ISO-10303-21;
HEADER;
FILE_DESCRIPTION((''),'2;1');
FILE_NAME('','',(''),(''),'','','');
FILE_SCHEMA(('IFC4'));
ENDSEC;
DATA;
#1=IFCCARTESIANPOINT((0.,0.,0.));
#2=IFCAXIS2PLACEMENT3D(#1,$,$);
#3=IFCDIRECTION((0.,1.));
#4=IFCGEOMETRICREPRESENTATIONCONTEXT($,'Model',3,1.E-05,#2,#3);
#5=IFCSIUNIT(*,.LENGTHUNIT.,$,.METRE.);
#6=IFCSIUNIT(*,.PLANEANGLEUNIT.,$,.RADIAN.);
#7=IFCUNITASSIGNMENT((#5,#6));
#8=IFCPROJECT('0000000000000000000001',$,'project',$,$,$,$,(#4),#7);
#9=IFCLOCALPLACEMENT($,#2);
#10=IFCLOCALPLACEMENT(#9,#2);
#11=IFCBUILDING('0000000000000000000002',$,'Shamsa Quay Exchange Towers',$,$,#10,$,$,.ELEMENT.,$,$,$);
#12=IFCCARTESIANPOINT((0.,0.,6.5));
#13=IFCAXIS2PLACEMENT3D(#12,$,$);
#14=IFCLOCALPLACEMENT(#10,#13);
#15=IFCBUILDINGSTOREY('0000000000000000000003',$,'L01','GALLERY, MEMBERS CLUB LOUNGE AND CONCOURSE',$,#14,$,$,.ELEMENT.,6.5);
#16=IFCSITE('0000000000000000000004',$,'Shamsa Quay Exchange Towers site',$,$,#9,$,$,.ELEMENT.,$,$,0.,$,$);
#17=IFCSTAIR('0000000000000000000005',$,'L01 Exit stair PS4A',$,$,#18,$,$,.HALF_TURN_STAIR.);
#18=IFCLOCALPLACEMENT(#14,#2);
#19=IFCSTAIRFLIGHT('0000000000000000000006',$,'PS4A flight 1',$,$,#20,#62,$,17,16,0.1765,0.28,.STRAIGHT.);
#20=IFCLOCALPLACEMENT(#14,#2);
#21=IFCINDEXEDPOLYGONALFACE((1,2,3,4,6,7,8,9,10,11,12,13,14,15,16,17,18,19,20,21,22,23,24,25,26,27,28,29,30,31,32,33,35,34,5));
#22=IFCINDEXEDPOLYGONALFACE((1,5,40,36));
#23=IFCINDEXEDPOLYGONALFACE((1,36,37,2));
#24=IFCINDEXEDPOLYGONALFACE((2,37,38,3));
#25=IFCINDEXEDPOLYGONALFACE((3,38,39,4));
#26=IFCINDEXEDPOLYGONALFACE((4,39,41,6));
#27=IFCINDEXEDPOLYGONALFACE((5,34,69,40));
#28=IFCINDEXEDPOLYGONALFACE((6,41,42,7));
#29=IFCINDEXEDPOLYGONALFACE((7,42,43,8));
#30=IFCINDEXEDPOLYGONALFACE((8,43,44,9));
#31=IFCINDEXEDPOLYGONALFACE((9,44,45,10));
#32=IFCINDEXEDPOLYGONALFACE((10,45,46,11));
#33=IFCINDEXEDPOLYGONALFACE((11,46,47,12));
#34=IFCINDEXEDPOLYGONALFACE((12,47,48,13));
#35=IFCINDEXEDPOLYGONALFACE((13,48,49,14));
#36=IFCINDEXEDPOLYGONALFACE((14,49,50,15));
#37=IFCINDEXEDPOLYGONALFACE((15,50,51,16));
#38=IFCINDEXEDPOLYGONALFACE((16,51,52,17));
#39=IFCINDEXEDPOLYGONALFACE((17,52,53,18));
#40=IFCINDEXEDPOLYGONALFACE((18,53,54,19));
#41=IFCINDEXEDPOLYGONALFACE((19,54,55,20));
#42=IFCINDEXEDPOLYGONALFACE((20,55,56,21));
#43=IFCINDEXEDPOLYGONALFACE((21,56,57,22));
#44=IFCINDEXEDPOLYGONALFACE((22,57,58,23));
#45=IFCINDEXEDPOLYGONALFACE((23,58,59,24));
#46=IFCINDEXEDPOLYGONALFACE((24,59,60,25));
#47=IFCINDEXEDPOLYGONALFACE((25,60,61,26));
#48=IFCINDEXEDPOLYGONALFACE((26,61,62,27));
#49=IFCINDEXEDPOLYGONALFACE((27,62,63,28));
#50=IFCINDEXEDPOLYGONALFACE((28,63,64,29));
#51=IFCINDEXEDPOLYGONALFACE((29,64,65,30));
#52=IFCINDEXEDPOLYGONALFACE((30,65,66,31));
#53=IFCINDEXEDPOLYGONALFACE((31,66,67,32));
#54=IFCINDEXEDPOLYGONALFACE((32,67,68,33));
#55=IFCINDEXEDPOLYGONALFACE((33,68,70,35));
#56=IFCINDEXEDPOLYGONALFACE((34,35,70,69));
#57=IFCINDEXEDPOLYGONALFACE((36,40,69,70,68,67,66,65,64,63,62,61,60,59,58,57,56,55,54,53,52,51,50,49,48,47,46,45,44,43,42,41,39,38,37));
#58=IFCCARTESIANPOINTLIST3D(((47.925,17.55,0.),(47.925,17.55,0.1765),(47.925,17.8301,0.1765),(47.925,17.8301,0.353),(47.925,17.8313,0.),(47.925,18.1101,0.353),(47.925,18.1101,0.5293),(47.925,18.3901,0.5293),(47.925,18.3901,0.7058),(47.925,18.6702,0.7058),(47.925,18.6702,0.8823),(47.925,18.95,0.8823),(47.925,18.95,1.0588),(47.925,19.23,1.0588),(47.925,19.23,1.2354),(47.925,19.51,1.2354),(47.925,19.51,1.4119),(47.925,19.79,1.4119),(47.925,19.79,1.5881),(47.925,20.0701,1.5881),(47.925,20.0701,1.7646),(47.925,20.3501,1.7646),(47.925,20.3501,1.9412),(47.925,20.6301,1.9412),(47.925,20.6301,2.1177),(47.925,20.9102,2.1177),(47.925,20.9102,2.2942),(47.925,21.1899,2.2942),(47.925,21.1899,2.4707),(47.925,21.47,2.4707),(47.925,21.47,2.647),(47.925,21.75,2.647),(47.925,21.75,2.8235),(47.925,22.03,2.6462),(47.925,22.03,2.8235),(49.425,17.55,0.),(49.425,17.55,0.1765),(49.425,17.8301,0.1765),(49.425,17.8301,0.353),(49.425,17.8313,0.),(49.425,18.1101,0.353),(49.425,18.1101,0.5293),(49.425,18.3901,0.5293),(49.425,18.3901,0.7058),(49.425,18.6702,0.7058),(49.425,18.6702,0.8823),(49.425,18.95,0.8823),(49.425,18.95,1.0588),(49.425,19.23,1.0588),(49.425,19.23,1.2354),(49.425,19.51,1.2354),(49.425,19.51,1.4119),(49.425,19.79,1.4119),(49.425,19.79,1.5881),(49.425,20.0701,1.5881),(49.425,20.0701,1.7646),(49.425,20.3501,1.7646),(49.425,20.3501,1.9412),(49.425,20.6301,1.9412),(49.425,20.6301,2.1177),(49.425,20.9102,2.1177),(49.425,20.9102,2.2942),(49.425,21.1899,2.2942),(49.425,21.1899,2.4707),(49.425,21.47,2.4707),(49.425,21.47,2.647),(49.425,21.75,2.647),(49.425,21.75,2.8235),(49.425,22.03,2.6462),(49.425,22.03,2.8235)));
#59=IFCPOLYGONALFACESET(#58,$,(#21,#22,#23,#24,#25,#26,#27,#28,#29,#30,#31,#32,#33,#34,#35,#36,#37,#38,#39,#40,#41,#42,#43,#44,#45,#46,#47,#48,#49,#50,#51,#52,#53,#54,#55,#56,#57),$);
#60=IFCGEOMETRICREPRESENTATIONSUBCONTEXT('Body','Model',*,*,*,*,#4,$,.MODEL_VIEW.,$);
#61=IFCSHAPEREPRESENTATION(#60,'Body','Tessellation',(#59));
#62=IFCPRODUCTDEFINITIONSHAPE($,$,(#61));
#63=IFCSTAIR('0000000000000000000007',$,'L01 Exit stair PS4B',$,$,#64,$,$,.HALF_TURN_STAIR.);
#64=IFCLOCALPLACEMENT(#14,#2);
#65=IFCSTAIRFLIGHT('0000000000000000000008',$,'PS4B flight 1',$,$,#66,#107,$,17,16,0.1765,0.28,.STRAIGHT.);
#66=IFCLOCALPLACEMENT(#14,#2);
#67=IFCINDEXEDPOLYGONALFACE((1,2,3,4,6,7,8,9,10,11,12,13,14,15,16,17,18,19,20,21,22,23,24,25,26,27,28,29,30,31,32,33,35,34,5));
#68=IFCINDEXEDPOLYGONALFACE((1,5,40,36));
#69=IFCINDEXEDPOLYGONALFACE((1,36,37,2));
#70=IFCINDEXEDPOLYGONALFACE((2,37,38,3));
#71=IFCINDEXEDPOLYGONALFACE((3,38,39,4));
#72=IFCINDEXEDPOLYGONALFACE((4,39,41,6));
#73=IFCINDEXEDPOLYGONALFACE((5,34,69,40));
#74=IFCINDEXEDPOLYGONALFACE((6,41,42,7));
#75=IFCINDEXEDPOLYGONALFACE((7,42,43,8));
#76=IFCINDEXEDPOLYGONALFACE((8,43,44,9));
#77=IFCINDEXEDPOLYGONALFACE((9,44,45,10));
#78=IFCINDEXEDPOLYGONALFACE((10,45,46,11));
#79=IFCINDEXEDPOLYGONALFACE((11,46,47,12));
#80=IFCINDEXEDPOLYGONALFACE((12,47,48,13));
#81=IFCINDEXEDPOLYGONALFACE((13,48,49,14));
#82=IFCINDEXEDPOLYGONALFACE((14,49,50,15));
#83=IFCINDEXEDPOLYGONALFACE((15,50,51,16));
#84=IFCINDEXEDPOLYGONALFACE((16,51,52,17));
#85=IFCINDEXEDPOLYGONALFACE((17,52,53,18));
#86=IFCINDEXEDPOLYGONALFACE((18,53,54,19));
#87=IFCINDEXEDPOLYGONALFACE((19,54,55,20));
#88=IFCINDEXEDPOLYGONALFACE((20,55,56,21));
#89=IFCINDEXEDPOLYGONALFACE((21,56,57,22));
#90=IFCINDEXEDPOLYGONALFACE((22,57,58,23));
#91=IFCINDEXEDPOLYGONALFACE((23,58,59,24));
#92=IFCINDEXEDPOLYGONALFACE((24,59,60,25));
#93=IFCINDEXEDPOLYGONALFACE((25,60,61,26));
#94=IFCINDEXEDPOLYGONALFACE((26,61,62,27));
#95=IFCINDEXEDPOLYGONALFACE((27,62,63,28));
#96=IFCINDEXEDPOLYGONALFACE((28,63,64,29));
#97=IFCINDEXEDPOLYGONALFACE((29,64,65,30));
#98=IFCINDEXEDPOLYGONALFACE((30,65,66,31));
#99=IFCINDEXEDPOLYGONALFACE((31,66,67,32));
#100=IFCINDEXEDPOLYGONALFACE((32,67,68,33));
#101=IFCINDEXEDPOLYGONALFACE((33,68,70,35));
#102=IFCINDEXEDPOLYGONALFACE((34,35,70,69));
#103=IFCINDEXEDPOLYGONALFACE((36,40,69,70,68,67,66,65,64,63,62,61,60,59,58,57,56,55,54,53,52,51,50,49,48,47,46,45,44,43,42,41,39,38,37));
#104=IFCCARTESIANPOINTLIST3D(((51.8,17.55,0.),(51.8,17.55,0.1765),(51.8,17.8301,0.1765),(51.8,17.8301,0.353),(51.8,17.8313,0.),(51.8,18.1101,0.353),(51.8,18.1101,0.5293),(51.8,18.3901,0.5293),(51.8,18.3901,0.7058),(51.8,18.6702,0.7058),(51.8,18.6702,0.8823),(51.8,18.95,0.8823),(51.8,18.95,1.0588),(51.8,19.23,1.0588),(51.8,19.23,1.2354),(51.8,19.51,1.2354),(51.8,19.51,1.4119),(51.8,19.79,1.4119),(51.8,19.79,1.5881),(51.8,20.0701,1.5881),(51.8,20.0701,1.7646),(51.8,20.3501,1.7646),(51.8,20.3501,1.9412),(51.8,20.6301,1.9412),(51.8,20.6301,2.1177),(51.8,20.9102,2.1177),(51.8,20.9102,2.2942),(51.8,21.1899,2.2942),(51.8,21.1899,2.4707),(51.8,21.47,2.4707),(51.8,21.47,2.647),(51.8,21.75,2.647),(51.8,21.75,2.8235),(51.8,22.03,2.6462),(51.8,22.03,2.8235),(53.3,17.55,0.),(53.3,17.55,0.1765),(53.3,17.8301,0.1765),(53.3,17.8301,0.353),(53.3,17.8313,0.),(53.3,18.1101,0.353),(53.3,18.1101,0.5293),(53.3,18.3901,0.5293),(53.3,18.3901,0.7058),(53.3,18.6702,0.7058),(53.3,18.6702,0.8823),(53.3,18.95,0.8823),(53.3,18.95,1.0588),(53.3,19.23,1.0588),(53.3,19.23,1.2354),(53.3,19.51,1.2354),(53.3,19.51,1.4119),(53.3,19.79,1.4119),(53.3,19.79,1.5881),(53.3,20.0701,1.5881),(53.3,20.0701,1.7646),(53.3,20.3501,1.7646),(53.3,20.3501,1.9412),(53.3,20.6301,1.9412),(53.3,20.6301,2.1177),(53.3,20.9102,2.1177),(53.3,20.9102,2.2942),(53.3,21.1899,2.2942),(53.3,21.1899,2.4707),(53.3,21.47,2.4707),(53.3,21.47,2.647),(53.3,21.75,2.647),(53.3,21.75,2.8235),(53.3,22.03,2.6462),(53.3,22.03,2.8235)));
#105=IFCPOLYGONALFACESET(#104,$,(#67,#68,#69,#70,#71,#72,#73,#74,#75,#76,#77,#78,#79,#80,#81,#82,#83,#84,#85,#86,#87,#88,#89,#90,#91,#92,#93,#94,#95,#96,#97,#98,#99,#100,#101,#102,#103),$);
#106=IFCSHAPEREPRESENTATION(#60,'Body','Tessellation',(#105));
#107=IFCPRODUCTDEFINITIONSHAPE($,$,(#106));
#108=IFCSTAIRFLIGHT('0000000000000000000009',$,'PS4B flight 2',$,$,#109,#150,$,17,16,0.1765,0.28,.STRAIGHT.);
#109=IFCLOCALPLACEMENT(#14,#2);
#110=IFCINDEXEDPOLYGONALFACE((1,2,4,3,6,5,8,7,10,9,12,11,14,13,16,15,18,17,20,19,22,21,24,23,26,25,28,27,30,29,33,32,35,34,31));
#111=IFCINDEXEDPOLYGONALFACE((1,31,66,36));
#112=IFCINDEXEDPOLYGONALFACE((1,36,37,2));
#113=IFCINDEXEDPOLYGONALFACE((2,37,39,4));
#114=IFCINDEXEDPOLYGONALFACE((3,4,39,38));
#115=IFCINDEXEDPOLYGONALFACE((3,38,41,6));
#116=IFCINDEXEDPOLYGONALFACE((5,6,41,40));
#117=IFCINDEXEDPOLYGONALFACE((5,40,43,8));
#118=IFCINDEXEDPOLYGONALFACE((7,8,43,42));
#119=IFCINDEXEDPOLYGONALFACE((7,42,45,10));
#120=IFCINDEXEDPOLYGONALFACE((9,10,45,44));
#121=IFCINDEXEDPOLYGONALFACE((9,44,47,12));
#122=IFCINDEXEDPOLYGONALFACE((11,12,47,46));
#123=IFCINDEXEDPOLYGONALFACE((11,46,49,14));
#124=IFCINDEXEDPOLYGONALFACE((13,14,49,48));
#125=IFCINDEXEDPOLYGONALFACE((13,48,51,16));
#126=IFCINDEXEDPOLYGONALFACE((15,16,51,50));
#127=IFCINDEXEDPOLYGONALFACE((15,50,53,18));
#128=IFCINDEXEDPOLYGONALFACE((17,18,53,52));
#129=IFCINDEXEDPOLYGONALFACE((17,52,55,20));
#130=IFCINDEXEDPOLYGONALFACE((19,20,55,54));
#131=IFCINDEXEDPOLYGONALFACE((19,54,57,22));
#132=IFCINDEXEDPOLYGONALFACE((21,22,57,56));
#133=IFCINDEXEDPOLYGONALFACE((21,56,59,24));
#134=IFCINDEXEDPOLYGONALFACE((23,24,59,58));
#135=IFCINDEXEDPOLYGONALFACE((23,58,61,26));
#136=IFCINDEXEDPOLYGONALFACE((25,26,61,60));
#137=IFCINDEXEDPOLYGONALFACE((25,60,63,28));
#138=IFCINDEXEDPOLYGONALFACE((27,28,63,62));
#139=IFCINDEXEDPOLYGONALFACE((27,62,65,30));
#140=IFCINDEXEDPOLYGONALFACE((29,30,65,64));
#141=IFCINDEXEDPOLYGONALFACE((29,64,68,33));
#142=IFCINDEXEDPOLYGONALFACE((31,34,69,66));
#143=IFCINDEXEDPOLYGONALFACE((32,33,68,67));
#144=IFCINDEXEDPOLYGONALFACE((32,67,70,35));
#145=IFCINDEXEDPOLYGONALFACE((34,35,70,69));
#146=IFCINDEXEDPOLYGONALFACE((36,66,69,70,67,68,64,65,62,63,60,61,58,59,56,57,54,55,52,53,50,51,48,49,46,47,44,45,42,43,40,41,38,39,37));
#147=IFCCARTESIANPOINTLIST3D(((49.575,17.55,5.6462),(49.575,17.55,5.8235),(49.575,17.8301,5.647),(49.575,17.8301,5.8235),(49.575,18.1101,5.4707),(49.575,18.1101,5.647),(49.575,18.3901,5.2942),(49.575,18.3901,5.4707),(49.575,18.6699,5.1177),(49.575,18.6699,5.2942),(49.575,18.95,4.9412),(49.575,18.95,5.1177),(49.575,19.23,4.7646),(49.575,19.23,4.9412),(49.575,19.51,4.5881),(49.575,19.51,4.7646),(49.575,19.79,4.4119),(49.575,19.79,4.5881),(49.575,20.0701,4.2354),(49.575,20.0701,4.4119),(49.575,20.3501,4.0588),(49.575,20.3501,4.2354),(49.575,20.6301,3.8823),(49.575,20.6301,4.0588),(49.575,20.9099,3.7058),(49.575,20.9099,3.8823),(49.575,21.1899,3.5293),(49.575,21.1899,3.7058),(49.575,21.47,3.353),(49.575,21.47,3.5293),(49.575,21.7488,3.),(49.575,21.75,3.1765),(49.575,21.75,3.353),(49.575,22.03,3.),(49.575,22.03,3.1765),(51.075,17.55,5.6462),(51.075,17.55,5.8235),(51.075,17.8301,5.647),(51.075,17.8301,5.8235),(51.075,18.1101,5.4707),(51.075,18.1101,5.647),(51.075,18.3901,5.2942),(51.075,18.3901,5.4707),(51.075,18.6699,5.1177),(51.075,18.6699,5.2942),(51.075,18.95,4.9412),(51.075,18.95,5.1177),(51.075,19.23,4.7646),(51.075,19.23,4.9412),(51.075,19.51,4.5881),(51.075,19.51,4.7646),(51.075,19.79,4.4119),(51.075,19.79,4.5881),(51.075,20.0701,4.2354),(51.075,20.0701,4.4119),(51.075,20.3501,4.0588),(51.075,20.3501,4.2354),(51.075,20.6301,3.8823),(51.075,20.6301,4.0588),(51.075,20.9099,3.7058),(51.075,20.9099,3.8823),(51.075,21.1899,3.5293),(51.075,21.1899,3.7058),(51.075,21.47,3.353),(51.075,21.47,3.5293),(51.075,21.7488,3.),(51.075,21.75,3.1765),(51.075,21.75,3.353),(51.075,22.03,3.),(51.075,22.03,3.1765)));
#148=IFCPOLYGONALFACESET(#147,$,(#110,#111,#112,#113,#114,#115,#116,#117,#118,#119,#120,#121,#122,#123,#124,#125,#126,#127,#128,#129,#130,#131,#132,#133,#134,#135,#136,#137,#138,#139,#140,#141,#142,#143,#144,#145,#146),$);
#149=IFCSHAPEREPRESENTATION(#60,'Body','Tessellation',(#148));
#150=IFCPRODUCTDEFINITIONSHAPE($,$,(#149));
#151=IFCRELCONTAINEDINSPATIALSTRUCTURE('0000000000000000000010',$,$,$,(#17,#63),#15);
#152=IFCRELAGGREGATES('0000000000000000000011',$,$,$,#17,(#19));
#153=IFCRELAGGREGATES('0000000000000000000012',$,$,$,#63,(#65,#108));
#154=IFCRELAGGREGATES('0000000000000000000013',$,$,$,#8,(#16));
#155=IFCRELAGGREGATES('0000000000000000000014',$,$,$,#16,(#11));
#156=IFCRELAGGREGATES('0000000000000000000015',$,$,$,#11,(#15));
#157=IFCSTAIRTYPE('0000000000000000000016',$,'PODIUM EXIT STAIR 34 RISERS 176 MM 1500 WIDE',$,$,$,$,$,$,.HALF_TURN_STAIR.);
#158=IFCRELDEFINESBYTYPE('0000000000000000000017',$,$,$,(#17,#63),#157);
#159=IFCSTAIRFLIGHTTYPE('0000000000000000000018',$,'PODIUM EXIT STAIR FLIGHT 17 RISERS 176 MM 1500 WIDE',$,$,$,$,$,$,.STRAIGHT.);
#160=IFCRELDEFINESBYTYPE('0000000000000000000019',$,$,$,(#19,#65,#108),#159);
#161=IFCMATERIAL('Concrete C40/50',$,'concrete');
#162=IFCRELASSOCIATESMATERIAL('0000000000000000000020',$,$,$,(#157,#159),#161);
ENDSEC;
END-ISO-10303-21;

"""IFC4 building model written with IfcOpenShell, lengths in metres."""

from ifc_helpers import new_model, si_unit, direction, frame, origin, place, context, subcontext, project, spatial, polyline, outline, extrude, material, type_object, element, aggregate, save


model = new_model("IFC4")

# Units and contexts
model_context = context("Model", 3, precision=1e-05, world=origin(), true_north=direction((0.0, 1.0)))
body_context = subcontext(model_context, "Body", "Model", "MODEL_VIEW")
ifc_project = project(units=[si_unit("LENGTHUNIT", "METRE"), si_unit("PLANEANGLEUNIT", "RADIAN")], contexts=[model_context])

# Site, building, storey
site_placement = place(None, origin())
site = spatial("IfcSite", under=ifc_project, at=site_placement, Name="Shamsa Quay Exchange Towers site", CompositionType="ELEMENT", RefElevation=0.0)
building_placement = place(site_placement, origin())
building = spatial("IfcBuilding", under=site, at=building_placement, Name="Shamsa Quay Exchange Towers", CompositionType="ELEMENT")
storey_placement = place(building_placement, frame((0.0, 0.0, 6.5)))
storey = spatial("IfcBuildingStorey", under=building, at=storey_placement, Name="L01", Description="GALLERY, MEMBERS CLUB LOUNGE AND CONCOURSE", CompositionType="ELEMENT", Elevation=6.5)

# Stair, stair flight
ifc_material_1 = material(Name="Concrete C40/50", Category="concrete")
stair_type = type_object("IfcStairType", Name="PODIUM EXIT STAIR 34 RISERS 176 MM 1500 WIDE", PredefinedType="HALF_TURN_STAIR", material=ifc_material_1)
stair_1_placement = place(storey_placement, origin())
stair_1 = element("IfcStair", 1, at=stair_1_placement, inside=storey, type_object=stair_type, Name="L01 Exit stair PS4A", PredefinedType="HALF_TURN_STAIR")
stair_flight_type = type_object("IfcStairFlightType", Name="PODIUM EXIT STAIR FLIGHT 17 RISERS 176 MM 1500 WIDE", PredefinedType="STRAIGHT", material=ifc_material_1)
stair_flight_1_placement = place(storey_placement, frame((48.675, 17.55, 0.0), z_axis=(0.0, 0.0, 1.0), x_axis=(0.0, 1.0, 0.0)))
stair_flight_1 = element("IfcStairFlight", 2, at=stair_flight_1_placement, type_object=stair_flight_type, Name="PS4A flight 1", NumberOfRisers=17, NumberOfTreads=16, PredefinedType="STRAIGHT", RiserHeight=0.1765, TreadLength=0.28, context=body_context, shape_type="SweptSolid", body=[
    extrude(outline(polyline([(0.0, 0.0), (0.0, 0.1765), (0.28, 0.1765), (0.28, 0.353), (0.5601, 0.353), (0.5601, 0.5293), (0.8401, 0.5293), (0.8401, 0.7058), (1.1201, 0.7058), (1.1201, 0.8823), (1.3999, 0.8823), (1.3999, 1.0588), (1.6799, 1.0588), (1.6799, 1.2354), (1.96, 1.2354), (1.96, 1.4119), (2.24, 1.4119), (2.24, 1.5881), (2.52, 1.5881), (2.52, 1.7646), (2.8, 1.7646), (2.8, 1.9412), (3.0801, 1.9412), (3.0801, 2.1177), (3.3601, 2.1177), (3.3601, 2.2942), (3.6399, 2.2942), (3.6399, 2.4707), (3.9199, 2.4707), (3.9199, 2.647), (4.2, 2.647), (4.2, 2.8235), (4.48, 2.8235), (4.48, 3.0), (4.48, 2.6462), (0.2812, 0.0), (0.0, 0.0)])), frame((0.0, 0.75, 0.0), z_axis=(0.0, -1.0, 0.0), x_axis=(1.0, 0.0, 0.0)), (0.0, 0.0, 1.0), 1.5),
])
aggregate(stair_1, [stair_flight_1])

# Stair, stair flights
stair_2_placement = place(storey_placement, origin())
stair_2 = element("IfcStair", 3, at=stair_2_placement, inside=storey, type_object=stair_type, Name="L01 Exit stair PS4B", PredefinedType="HALF_TURN_STAIR")
stair_flight_2_placement = place(storey_placement, frame((52.55, 17.55, 0.0), z_axis=(0.0, 0.0, 1.0), x_axis=(0.0, 1.0, 0.0)))
stair_flight_2 = element("IfcStairFlight", 4, at=stair_flight_2_placement, type_object=stair_flight_type, Name="PS4B flight 1", NumberOfRisers=17, NumberOfTreads=16, PredefinedType="STRAIGHT", RiserHeight=0.1765, TreadLength=0.28, context=body_context, shape_type="SweptSolid", body=[
    extrude(outline(polyline([(0.0, 0.0), (0.0, 0.1765), (0.28, 0.1765), (0.28, 0.353), (0.5601, 0.353), (0.5601, 0.5293), (0.8401, 0.5293), (0.8401, 0.7058), (1.1201, 0.7058), (1.1201, 0.8823), (1.3999, 0.8823), (1.3999, 1.0588), (1.6799, 1.0588), (1.6799, 1.2354), (1.96, 1.2354), (1.96, 1.4119), (2.24, 1.4119), (2.24, 1.5881), (2.52, 1.5881), (2.52, 1.7646), (2.8, 1.7646), (2.8, 1.9412), (3.0801, 1.9412), (3.0801, 2.1177), (3.3601, 2.1177), (3.3601, 2.2942), (3.6399, 2.2942), (3.6399, 2.4707), (3.9199, 2.4707), (3.9199, 2.647), (4.2, 2.647), (4.2, 2.8235), (4.48, 2.8235), (4.48, 3.0), (4.48, 2.6462), (0.2812, 0.0), (0.0, 0.0)])), frame((0.0, 0.75, 0.0), z_axis=(0.0, -1.0, 0.0), x_axis=(1.0, 0.0, 0.0)), (0.0, 0.0, 1.0), 1.5),
])
stair_flight_3_placement = place(storey_placement, frame((50.325, 22.03, 3.0), z_axis=(0.0, 0.0, 1.0), x_axis=(0.0, -1.0, 0.0)))
stair_flight_3 = element("IfcStairFlight", 5, at=stair_flight_3_placement, type_object=stair_flight_type, Name="PS4B flight 2", NumberOfRisers=17, NumberOfTreads=16, PredefinedType="STRAIGHT", RiserHeight=0.1765, TreadLength=0.28, context=body_context, shape_type="SweptSolid", body=[
    extrude(outline(polyline([(0.0, 0.0), (0.0, 0.1765), (0.28, 0.1765), (0.28, 0.353), (0.5601, 0.353), (0.5601, 0.5293), (0.8401, 0.5293), (0.8401, 0.7058), (1.1201, 0.7058), (1.1201, 0.8823), (1.3999, 0.8823), (1.3999, 1.0588), (1.6799, 1.0588), (1.6799, 1.2354), (1.96, 1.2354), (1.96, 1.4119), (2.24, 1.4119), (2.24, 1.5881), (2.52, 1.5881), (2.52, 1.7646), (2.8, 1.7646), (2.8, 1.9412), (3.0801, 1.9412), (3.0801, 2.1177), (3.3601, 2.1177), (3.3601, 2.2942), (3.6399, 2.2942), (3.6399, 2.4707), (3.9199, 2.4707), (3.9199, 2.647), (4.2, 2.647), (4.2, 2.8235), (4.48, 2.8235), (4.48, 3.0), (4.48, 2.6462), (0.2812, 0.0), (0.0, 0.0)])), frame((0.0, 0.75, 0.0), z_axis=(0.0, -1.0, 0.0), x_axis=(1.0, 0.0, 0.0)), (0.0, 0.0, 1.0), 1.5),
])
aggregate(stair_2, [stair_flight_2, stair_flight_3])

save(model, "model.ifc")
